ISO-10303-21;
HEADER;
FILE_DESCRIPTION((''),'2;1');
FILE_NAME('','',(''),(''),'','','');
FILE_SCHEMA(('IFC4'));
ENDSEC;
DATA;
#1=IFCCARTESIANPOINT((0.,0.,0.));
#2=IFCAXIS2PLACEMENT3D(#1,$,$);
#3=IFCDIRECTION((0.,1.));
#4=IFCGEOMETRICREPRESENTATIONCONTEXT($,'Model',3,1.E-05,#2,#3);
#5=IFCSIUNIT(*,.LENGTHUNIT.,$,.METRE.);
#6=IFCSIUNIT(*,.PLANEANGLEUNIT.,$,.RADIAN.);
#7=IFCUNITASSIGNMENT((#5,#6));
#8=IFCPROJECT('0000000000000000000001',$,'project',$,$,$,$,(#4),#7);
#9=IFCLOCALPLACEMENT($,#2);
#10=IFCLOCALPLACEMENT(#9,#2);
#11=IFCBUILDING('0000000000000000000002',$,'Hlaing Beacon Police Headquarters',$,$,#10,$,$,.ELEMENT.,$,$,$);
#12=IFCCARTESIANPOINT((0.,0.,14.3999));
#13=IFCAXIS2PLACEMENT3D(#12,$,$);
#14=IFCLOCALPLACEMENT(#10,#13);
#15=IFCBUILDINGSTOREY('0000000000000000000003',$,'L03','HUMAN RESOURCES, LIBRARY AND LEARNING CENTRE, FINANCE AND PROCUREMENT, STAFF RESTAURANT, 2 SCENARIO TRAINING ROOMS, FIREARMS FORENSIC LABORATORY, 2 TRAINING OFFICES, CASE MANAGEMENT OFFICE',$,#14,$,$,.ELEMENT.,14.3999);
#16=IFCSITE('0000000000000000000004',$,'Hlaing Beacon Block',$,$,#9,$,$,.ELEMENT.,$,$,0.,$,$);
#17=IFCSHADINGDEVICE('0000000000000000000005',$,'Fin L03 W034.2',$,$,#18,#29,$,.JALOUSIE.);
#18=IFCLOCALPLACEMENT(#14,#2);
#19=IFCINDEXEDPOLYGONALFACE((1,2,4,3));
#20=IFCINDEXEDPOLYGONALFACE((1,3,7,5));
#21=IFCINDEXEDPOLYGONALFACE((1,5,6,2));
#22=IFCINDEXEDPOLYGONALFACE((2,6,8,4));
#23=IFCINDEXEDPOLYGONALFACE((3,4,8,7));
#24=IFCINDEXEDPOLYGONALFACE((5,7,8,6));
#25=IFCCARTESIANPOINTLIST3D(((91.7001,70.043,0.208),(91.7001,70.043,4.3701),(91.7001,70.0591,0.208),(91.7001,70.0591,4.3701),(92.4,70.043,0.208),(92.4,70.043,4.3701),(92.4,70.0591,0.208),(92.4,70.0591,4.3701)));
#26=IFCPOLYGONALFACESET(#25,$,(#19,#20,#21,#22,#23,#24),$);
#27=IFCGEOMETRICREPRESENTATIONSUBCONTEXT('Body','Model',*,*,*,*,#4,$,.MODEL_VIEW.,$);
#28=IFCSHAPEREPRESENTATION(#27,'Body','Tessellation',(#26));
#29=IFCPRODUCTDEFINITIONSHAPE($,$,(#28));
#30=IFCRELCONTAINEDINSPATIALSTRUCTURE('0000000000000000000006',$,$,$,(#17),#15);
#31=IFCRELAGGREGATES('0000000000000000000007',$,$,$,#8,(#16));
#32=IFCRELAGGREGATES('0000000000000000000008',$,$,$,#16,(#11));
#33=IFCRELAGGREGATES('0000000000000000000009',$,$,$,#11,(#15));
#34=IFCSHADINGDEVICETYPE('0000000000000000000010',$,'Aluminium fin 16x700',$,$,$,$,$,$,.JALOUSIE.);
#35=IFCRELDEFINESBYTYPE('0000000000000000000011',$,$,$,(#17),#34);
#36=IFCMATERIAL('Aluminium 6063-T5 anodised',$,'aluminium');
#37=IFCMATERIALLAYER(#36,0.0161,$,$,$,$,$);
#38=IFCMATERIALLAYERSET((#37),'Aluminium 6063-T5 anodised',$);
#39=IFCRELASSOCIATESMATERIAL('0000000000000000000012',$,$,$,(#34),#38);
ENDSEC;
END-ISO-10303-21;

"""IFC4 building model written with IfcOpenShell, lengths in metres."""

from ifc_helpers import new_model, si_unit, direction, frame, origin, origin_2d, place, context, subcontext, project, spatial, rectangle, extrude, material, layer, layer_set, type_object, element, save


model = new_model("IFC4")

# Units and contexts
model_context = context("Model", 3, precision=1e-05, world=origin(), true_north=direction((0.0, 1.0)))
body_context = subcontext(model_context, "Body", "Model", "MODEL_VIEW")
ifc_project = project(units=[si_unit("LENGTHUNIT", "METRE"), si_unit("PLANEANGLEUNIT", "RADIAN")], contexts=[model_context])

# Site, building, storey
site_placement = place(None, origin())
site = spatial("IfcSite", under=ifc_project, at=site_placement, Name="Hlaing Beacon Block", CompositionType="ELEMENT", RefElevation=0.0)
building_placement = place(site_placement, origin())
building = spatial("IfcBuilding", under=site, at=building_placement, Name="Hlaing Beacon Police Headquarters", CompositionType="ELEMENT")
storey_placement = place(building_placement, frame((0.0, 0.0, 14.3999)))
storey = spatial("IfcBuildingStorey", under=building, at=storey_placement, Name="L03", Description="HUMAN RESOURCES, LIBRARY AND LEARNING CENTRE, FINANCE AND PROCUREMENT, STAFF RESTAURANT, 2 SCENARIO TRAINING ROOMS, FIREARMS FORENSIC LABORATORY, 2 TRAINING OFFICES, CASE MANAGEMENT OFFICE", CompositionType="ELEMENT", Elevation=14.3999)

# Shading device
ifc_material_1 = material(Name="Aluminium 6063-T5 anodised", Category="aluminium")
ifc_layer_1 = layer(ifc_material_1, 0.0161)
ifc_layer_set_1 = layer_set([ifc_layer_1], Name="Aluminium 6063-T5 anodised")
shading_device_type_1 = type_object("IfcShadingDeviceType", Name="Aluminium fin 16x700", PredefinedType="JALOUSIE", material=ifc_layer_set_1)
shading_device_1_placement = place(storey_placement, frame((92.05, 70.051, 0.208), z_axis=(0.0, 0.0, 1.0), x_axis=(0.0, -1.0, 0.0)))
element("IfcShadingDevice", 1, at=shading_device_1_placement, inside=storey, type_object=shading_device_type_1, Name="Fin L03 W034.2", PredefinedType="JALOUSIE", context=body_context, shape_type="SweptSolid", body=[
    extrude(rectangle(XDim=0.0161, YDim=0.7, at=origin_2d()), origin(), (0.0, 0.0, 1.0), 4.1621),
])

save(model, "model.ifc")
